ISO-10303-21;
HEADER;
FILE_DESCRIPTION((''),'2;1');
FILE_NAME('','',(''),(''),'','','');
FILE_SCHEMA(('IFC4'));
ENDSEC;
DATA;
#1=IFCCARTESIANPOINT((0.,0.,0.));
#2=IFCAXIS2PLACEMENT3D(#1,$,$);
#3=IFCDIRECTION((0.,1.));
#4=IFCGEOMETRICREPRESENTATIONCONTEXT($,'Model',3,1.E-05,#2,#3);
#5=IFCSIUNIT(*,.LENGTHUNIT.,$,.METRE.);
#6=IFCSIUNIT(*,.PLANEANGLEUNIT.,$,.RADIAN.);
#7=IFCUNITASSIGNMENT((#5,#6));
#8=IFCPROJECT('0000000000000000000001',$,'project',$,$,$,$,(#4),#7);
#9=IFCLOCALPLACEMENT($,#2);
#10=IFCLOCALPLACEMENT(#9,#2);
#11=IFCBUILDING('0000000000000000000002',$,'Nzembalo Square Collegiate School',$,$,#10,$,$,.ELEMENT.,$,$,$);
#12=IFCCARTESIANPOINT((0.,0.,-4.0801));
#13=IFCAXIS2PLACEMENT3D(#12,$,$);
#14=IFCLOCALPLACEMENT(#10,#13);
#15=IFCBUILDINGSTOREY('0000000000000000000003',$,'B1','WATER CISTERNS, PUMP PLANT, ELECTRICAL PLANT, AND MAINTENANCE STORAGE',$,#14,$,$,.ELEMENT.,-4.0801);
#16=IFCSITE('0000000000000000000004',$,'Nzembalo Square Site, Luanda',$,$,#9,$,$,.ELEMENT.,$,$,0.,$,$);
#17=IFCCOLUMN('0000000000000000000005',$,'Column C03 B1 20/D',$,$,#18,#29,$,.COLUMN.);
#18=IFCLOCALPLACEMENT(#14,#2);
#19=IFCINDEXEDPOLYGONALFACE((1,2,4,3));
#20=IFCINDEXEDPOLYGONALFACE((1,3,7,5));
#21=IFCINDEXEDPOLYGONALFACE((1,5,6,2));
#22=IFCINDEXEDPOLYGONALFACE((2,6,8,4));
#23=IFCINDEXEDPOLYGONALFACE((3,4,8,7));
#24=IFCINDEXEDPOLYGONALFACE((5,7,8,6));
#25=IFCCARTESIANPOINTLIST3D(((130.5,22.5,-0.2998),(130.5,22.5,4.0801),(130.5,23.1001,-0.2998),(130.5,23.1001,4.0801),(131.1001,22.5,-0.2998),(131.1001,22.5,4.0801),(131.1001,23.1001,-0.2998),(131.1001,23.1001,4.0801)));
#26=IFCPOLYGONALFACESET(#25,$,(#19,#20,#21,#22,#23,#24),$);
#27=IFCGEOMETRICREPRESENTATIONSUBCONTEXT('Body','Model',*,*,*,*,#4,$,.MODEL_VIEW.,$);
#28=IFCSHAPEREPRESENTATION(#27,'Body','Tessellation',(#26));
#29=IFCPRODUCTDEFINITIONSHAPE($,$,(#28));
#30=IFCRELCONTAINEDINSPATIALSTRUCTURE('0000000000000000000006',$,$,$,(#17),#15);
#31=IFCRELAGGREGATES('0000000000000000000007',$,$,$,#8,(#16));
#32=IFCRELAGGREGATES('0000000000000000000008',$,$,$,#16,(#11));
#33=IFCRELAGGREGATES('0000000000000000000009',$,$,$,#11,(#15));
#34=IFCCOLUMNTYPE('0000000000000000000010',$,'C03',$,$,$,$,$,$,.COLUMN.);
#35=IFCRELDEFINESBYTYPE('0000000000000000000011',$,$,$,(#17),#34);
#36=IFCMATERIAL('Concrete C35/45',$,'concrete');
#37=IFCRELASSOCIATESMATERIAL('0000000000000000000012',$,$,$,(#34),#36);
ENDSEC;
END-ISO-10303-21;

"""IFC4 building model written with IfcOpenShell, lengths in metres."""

from ifc_helpers import new_model, si_unit, direction, frame, origin, origin_2d, place, context, subcontext, project, spatial, rectangle, extrude, material, material_profile, profile_set, type_object, element, save


model = new_model("IFC4")

# Units and contexts
model_context = context("Model", 3, precision=1e-05, world=origin(), true_north=direction((0.0, 1.0)))
body_context = subcontext(model_context, "Body", "Model", "MODEL_VIEW")
ifc_project = project(units=[si_unit("LENGTHUNIT", "METRE"), si_unit("PLANEANGLEUNIT", "RADIAN")], contexts=[model_context])

# Site, building, storey
site_placement = place(None, origin())
site = spatial("IfcSite", under=ifc_project, at=site_placement, Name="Nzembalo Square Site, Luanda", CompositionType="ELEMENT", RefElevation=0.0)
building_placement = place(site_placement, origin())
building = spatial("IfcBuilding", under=site, at=building_placement, Name="Nzembalo Square Collegiate School", CompositionType="ELEMENT")
storey_placement = place(building_placement, frame((0.0, 0.0, -4.0801)))
storey = spatial("IfcBuildingStorey", under=building, at=storey_placement, Name="B1", Description="WATER CISTERNS, PUMP PLANT, ELECTRICAL PLANT, AND MAINTENANCE STORAGE", CompositionType="ELEMENT", Elevation=-4.0801)

# Column
ifc_material_1 = material(Name="Concrete C35/45", Category="concrete")
ifc_material_profile_1 = material_profile(ifc_material_1, rectangle(XDim=0.6001, YDim=0.6001, at=origin_2d()), Name="RC 600x600")
ifc_profile_set_1 = profile_set([ifc_material_profile_1], Name="Concrete C35/45")
column_type = type_object("IfcColumnType", Name="C03", PredefinedType="COLUMN", material=ifc_profile_set_1)
for number, where, z_axis, x_axis, name in (
    (1, (130.8, 22.8, -0.2998), (0.0, 0.0, 1.0), (1.0, 0.0, 0.0), "Column C03 B1 20/D"),
):
    element("IfcColumn", number, at=place(storey_placement, frame(where, z_axis=z_axis, x_axis=x_axis)), inside=storey, type_object=column_type, Name=name, PredefinedType="COLUMN", context=body_context, shape_type="SweptSolid", body=[
        extrude(rectangle(XDim=0.6001, YDim=0.6001, at=origin_2d()), origin(), (0.0, 0.0, 1.0), 4.3799),
    ])

save(model, "model.ifc")
